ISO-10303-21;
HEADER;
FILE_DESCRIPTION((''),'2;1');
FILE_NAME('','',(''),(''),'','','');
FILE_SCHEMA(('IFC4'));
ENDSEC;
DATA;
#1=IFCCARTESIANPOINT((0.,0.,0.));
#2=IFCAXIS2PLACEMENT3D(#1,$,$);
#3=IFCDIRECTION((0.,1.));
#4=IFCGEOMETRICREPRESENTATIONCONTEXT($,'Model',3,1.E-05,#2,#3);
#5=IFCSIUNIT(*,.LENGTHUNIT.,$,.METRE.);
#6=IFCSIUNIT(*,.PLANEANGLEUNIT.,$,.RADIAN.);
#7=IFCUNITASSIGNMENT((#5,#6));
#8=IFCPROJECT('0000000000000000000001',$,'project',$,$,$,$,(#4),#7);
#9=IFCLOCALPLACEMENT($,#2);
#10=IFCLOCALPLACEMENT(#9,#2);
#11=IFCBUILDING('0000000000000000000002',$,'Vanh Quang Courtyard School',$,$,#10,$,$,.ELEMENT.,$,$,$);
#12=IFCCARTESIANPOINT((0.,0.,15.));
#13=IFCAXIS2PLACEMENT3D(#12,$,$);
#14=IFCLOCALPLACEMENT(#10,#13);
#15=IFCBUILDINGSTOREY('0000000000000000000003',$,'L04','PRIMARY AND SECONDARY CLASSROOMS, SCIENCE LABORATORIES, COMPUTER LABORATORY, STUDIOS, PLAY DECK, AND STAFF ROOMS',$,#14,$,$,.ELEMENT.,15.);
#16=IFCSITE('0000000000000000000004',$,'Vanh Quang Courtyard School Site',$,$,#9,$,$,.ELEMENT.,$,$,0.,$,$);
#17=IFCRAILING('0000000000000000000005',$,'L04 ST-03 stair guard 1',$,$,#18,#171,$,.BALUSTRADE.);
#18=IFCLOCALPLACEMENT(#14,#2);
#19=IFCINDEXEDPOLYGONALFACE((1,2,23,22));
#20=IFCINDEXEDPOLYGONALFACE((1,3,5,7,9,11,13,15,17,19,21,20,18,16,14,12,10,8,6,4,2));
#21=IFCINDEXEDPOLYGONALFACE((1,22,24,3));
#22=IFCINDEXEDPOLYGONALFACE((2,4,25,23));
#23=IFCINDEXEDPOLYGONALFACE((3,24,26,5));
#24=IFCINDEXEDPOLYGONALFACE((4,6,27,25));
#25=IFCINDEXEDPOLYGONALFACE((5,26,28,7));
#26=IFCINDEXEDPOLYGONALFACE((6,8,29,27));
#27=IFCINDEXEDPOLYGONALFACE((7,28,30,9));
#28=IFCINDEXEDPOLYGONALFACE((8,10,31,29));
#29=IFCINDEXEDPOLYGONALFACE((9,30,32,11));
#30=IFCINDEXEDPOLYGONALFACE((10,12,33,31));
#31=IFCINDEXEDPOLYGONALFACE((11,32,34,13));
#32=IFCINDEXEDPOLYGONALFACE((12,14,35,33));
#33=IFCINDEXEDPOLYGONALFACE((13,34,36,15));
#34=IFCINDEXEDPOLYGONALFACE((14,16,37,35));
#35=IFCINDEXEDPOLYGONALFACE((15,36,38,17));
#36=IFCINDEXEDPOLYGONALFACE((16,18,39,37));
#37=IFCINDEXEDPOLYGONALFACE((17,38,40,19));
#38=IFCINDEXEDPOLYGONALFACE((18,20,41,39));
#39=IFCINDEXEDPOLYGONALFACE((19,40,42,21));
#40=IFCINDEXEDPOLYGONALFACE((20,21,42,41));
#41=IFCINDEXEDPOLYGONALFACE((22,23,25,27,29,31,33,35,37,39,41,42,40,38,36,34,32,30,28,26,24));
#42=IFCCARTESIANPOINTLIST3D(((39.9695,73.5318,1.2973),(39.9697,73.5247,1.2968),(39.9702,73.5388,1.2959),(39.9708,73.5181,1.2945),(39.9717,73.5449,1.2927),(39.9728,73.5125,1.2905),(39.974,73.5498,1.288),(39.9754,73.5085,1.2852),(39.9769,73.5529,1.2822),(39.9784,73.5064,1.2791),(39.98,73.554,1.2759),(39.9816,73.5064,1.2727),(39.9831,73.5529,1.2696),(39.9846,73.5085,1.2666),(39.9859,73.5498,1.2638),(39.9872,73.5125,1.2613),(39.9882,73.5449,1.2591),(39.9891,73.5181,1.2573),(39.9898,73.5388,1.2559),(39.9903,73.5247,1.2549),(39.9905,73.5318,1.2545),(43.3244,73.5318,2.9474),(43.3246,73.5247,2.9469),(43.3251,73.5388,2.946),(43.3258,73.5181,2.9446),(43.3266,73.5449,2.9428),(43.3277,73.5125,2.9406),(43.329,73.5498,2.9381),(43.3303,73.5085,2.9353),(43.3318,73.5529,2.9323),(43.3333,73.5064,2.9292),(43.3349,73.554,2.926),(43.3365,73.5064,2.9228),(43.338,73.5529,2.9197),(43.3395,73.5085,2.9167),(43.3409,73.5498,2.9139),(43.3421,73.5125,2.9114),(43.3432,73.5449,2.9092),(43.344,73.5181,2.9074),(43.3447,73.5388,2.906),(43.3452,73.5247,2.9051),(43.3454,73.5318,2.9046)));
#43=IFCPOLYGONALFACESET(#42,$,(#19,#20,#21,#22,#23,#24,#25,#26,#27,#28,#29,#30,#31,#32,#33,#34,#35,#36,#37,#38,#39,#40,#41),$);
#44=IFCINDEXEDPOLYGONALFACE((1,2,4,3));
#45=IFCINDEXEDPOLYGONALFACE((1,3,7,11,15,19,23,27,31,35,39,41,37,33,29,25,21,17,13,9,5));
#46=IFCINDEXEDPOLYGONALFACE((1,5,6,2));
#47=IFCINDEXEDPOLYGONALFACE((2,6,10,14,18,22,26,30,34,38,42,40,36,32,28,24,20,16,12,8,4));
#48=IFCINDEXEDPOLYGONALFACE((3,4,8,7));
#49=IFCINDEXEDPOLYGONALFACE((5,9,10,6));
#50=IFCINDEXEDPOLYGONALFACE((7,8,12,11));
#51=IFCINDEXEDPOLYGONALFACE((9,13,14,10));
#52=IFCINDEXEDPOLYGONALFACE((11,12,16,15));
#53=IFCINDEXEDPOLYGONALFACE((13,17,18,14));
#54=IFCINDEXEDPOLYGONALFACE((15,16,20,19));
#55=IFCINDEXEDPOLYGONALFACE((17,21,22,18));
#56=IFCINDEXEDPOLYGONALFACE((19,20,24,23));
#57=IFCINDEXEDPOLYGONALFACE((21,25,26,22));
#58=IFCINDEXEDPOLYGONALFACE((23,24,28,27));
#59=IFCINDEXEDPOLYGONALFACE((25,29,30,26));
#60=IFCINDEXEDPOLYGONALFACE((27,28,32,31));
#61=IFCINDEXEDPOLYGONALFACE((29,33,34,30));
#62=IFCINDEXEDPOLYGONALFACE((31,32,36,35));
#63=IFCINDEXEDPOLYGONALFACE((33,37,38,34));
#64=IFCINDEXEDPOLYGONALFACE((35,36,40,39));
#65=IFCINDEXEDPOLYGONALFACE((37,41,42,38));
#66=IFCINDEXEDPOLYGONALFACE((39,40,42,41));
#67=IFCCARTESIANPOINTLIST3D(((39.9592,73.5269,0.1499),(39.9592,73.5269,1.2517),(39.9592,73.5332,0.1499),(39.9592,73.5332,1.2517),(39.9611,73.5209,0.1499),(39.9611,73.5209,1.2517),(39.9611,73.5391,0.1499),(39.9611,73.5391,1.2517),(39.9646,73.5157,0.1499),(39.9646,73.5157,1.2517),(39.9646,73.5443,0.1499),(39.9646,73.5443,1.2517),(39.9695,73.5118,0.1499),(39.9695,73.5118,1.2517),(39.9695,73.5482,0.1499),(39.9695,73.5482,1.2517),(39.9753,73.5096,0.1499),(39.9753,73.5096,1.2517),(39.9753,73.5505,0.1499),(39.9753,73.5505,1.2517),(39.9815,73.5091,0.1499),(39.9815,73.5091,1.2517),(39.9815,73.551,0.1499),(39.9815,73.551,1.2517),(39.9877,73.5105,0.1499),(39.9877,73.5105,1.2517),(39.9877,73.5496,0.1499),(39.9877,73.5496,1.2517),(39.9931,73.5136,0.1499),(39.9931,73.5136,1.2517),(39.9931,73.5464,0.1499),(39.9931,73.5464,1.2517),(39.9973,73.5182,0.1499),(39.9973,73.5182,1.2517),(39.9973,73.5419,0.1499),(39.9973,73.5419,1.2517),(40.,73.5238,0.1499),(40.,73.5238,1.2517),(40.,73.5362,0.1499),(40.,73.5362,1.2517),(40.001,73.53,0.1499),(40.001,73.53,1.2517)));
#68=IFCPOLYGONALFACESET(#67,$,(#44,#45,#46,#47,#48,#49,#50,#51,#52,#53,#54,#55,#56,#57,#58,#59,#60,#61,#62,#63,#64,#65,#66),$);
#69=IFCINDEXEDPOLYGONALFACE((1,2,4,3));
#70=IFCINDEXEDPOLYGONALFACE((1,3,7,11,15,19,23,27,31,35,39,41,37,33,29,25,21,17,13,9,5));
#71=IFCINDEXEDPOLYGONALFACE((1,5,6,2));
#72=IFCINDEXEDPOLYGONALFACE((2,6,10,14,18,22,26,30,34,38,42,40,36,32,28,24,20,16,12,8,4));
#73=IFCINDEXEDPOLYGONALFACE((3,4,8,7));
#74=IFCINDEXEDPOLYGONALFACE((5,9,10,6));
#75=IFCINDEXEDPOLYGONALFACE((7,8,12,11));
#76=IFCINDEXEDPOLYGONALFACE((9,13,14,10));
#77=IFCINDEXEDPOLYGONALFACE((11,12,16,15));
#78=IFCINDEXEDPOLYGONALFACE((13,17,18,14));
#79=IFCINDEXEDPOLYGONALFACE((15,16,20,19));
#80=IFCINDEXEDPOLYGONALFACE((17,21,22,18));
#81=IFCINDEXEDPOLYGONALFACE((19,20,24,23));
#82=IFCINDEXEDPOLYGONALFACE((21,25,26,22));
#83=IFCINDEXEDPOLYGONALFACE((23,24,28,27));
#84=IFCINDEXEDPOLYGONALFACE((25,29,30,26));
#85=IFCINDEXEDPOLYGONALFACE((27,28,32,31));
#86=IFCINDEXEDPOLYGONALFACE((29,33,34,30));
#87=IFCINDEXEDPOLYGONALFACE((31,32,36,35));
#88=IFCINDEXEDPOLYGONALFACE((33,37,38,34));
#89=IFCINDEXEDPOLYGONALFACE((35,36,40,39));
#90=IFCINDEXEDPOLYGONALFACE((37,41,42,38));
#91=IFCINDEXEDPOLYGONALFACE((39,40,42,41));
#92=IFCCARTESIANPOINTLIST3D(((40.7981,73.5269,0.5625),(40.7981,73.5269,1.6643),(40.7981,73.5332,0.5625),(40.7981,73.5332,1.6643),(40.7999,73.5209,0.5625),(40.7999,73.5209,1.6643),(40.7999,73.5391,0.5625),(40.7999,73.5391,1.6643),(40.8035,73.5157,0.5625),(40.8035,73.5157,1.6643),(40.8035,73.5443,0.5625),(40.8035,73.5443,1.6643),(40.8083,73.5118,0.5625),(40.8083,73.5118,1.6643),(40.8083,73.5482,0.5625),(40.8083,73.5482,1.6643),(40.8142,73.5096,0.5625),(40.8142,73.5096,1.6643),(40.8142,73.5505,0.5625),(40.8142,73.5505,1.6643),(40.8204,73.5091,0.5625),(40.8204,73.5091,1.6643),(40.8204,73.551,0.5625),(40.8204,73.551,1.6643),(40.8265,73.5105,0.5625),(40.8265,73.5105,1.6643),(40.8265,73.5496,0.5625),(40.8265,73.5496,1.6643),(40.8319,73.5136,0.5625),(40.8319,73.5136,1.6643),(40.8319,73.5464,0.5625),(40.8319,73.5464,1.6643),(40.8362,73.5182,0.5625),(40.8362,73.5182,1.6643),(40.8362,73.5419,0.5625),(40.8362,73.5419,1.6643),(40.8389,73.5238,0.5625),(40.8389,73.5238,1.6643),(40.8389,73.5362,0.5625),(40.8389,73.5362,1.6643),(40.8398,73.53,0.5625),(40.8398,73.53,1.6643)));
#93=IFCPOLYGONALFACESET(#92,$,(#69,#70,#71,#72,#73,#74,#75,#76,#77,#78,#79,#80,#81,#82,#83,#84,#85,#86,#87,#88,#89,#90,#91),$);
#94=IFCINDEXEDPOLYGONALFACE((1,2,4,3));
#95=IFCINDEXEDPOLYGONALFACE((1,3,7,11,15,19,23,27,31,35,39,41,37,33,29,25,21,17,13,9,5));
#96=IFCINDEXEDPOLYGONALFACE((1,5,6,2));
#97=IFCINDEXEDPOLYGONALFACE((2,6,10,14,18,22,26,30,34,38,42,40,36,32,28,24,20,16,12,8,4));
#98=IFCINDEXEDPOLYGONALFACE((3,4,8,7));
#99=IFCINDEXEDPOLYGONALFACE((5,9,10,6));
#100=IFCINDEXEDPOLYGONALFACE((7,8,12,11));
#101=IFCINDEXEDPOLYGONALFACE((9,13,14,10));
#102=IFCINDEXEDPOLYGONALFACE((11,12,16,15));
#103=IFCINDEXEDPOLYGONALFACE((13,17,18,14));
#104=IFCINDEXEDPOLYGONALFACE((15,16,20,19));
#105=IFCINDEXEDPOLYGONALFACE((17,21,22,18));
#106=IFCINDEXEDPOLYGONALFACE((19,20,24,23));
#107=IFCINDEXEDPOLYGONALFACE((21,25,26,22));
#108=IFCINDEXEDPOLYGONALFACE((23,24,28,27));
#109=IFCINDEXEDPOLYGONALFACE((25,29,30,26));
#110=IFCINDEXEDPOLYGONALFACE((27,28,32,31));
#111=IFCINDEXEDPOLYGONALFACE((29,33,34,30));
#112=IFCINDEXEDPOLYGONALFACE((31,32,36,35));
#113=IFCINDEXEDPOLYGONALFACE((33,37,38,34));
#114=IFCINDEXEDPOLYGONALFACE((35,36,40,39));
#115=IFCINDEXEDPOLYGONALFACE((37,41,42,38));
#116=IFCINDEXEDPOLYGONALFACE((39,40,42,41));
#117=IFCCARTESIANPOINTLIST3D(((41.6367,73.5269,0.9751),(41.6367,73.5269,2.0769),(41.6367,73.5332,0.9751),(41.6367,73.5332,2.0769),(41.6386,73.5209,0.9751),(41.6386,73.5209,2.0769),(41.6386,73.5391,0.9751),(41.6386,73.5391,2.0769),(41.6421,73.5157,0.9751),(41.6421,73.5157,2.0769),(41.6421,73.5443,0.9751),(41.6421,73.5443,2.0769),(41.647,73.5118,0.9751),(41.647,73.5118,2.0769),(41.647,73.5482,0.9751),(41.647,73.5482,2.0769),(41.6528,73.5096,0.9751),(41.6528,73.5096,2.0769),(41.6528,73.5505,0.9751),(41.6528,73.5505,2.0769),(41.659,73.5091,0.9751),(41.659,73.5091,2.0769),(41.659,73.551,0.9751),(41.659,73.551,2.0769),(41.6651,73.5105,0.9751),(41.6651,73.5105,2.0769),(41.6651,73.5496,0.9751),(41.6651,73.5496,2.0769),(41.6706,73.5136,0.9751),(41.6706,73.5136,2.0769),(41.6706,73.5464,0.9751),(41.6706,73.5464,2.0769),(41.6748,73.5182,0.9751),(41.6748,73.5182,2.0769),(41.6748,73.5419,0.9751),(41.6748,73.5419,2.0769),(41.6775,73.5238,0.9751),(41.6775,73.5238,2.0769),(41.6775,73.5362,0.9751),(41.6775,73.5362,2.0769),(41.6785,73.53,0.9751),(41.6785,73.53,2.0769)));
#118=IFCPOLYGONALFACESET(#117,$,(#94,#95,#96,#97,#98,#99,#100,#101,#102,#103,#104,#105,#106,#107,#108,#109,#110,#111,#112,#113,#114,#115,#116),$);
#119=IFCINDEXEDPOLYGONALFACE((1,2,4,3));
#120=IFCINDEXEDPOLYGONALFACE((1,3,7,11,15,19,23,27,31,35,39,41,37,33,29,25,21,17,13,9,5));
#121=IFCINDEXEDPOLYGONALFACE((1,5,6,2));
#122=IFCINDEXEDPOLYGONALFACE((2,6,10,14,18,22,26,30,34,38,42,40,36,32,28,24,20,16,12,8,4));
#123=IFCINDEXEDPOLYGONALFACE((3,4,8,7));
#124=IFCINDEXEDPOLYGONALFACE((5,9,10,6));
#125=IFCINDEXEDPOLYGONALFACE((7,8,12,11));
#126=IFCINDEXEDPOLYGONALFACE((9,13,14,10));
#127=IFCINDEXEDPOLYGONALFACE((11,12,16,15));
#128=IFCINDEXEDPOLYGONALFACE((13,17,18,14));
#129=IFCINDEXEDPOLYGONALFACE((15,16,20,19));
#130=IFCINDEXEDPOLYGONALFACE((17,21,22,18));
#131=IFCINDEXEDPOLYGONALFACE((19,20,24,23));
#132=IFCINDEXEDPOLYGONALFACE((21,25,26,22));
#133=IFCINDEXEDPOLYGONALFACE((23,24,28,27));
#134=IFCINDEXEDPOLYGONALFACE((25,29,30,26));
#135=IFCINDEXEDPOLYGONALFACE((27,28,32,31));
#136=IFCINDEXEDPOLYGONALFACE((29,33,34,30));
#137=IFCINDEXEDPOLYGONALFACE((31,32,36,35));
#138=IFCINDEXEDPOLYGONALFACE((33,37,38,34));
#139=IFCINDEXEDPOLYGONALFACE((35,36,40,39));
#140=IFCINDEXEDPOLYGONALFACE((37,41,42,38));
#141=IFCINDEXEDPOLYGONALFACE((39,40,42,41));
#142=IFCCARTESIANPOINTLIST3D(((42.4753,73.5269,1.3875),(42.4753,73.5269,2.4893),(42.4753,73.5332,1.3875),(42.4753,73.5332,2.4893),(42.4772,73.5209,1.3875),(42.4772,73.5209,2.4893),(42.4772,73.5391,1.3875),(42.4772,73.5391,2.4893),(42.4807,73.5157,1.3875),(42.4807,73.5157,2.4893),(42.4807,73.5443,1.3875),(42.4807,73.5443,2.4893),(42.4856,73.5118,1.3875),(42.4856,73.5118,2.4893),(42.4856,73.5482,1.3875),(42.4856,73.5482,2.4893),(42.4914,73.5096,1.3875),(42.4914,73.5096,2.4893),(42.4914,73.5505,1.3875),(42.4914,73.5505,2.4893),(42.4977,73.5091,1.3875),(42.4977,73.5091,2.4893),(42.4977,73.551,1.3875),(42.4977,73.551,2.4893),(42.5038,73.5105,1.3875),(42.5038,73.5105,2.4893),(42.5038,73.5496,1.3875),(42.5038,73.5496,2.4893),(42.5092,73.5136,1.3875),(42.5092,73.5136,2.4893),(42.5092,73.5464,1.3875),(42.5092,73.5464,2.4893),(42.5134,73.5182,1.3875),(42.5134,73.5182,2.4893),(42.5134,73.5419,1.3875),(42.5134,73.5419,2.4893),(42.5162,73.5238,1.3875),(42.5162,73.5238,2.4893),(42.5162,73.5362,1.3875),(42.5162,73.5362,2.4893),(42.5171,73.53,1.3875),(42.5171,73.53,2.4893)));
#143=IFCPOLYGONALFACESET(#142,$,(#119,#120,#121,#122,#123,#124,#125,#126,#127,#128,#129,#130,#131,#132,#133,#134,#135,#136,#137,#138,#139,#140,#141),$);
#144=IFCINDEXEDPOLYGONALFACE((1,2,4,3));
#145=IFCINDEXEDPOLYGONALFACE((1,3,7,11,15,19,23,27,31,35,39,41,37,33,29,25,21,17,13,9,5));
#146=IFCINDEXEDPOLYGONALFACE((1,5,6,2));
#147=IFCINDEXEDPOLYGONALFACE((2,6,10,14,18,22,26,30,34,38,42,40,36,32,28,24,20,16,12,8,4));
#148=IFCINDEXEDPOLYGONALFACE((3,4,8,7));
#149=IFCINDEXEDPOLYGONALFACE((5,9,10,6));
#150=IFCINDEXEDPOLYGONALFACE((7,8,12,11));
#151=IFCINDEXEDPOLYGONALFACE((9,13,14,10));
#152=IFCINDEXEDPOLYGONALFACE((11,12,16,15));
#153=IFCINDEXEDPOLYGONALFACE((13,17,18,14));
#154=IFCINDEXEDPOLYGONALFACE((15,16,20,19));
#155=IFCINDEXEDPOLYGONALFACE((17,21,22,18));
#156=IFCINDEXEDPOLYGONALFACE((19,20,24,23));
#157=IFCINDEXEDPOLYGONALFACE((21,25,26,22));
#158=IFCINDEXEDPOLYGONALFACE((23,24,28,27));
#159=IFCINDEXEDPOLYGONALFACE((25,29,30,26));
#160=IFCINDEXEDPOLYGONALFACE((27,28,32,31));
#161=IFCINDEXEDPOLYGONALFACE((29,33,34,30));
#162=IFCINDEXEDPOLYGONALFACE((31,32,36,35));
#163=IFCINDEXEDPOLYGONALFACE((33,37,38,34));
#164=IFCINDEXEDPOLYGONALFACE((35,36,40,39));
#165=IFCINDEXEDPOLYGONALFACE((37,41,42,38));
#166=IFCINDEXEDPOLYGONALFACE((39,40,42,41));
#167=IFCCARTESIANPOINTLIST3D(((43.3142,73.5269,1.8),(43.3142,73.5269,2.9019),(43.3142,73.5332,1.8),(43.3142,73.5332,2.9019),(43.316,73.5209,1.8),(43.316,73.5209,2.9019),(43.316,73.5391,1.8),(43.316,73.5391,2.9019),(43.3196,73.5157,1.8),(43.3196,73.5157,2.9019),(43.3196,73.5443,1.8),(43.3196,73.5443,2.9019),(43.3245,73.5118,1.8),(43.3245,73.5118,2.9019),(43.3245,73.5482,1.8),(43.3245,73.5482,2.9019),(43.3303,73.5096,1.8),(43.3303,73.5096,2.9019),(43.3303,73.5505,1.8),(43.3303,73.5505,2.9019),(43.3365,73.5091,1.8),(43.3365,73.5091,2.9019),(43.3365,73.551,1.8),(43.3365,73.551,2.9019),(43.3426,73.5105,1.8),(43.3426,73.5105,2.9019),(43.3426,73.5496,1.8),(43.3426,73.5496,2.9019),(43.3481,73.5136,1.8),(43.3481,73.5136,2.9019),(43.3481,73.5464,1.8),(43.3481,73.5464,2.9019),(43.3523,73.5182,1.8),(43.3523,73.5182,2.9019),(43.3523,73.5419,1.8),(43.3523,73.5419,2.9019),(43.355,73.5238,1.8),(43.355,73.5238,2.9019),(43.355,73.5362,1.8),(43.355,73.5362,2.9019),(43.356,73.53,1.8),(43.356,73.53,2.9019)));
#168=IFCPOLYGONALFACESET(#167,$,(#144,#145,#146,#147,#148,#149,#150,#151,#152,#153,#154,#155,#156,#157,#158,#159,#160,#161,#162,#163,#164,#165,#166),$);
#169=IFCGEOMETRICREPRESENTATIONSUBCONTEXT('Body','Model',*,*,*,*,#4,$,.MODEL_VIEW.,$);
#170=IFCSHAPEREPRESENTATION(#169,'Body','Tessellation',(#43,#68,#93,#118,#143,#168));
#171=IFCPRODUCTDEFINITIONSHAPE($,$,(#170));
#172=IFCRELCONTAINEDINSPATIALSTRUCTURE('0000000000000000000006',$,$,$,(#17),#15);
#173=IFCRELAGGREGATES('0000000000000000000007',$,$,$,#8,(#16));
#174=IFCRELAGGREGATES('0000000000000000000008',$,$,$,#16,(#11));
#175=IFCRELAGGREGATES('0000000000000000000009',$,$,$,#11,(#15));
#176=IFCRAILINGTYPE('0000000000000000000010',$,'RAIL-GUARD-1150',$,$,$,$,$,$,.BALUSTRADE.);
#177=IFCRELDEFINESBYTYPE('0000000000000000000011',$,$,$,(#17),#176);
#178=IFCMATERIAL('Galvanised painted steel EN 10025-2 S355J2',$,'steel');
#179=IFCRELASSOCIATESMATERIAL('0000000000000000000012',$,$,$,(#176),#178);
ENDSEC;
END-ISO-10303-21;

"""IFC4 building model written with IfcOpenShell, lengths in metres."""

from ifc_helpers import new_model, si_unit, direction, frame, origin, origin_2d, place, context, subcontext, project, spatial, circle, extrude, material, type_object, element, save


model = new_model("IFC4")

# Units and contexts
model_context = context("Model", 3, precision=1e-05, world=origin(), true_north=direction((0.0, 1.0)))
body_context = subcontext(model_context, "Body", "Model", "MODEL_VIEW")
ifc_project = project(units=[si_unit("LENGTHUNIT", "METRE"), si_unit("PLANEANGLEUNIT", "RADIAN")], contexts=[model_context])

# Site, building, storey
site_placement = place(None, origin())
site = spatial("IfcSite", under=ifc_project, at=site_placement, Name="Vanh Quang Courtyard School Site", CompositionType="ELEMENT", RefElevation=0.0)
building_placement = place(site_placement, origin())
building = spatial("IfcBuilding", under=site, at=building_placement, Name="Vanh Quang Courtyard School", CompositionType="ELEMENT")
storey_placement = place(building_placement, frame((0.0, 0.0, 15.0)))
storey = spatial("IfcBuildingStorey", under=building, at=storey_placement, Name="L04", Description="PRIMARY AND SECONDARY CLASSROOMS, SCIENCE LABORATORIES, COMPUTER LABORATORY, STUDIOS, PLAY DECK, AND STAFF ROOMS", CompositionType="ELEMENT", Elevation=15.0)

# Railing
ifc_material_1 = material(Name="Galvanised painted steel EN 10025-2 S355J2", Category="steel")
railing_type_1 = type_object("IfcRailingType", Name="RAIL-GUARD-1150", PredefinedType="BALUSTRADE", material=ifc_material_1)
railing_1_placement = place(storey_placement, frame((39.98, 73.53, 0.1499)))
element("IfcRailing", 1, at=railing_1_placement, inside=storey, type_object=railing_type_1, Name="L04 ST-03 stair guard 1", PredefinedType="BALUSTRADE", context=body_context, shape_type="SweptSolid", body=[
    extrude(circle(Radius=0.0239, at=origin_2d()), frame((0.0, 0.0, 1.126), z_axis=(0.897333, 0.0, 0.441353), x_axis=(0.0, 1.0, 0.0)), (0.0, 0.0, 1.0), 3.7388),
    extrude(circle(Radius=0.021, at=origin_2d()), origin(), (0.0, 0.0, 1.0), 1.1018),
    extrude(circle(Radius=0.021, at=origin_2d()), frame((0.8389, 0.0, 0.4126)), (0.0, 0.0, 1.0), 1.1018),
    extrude(circle(Radius=0.021, at=origin_2d()), frame((1.6775, 0.0, 0.8252)), (0.0, 0.0, 1.0), 1.1018),
    extrude(circle(Radius=0.021, at=origin_2d()), frame((2.5161, 0.0, 1.2375)), (0.0, 0.0, 1.0), 1.1018),
    extrude(circle(Radius=0.021, at=origin_2d()), frame((3.355, 0.0, 1.6501)), (0.0, 0.0, 1.0), 1.1018),
])

save(model, "model.ifc")
